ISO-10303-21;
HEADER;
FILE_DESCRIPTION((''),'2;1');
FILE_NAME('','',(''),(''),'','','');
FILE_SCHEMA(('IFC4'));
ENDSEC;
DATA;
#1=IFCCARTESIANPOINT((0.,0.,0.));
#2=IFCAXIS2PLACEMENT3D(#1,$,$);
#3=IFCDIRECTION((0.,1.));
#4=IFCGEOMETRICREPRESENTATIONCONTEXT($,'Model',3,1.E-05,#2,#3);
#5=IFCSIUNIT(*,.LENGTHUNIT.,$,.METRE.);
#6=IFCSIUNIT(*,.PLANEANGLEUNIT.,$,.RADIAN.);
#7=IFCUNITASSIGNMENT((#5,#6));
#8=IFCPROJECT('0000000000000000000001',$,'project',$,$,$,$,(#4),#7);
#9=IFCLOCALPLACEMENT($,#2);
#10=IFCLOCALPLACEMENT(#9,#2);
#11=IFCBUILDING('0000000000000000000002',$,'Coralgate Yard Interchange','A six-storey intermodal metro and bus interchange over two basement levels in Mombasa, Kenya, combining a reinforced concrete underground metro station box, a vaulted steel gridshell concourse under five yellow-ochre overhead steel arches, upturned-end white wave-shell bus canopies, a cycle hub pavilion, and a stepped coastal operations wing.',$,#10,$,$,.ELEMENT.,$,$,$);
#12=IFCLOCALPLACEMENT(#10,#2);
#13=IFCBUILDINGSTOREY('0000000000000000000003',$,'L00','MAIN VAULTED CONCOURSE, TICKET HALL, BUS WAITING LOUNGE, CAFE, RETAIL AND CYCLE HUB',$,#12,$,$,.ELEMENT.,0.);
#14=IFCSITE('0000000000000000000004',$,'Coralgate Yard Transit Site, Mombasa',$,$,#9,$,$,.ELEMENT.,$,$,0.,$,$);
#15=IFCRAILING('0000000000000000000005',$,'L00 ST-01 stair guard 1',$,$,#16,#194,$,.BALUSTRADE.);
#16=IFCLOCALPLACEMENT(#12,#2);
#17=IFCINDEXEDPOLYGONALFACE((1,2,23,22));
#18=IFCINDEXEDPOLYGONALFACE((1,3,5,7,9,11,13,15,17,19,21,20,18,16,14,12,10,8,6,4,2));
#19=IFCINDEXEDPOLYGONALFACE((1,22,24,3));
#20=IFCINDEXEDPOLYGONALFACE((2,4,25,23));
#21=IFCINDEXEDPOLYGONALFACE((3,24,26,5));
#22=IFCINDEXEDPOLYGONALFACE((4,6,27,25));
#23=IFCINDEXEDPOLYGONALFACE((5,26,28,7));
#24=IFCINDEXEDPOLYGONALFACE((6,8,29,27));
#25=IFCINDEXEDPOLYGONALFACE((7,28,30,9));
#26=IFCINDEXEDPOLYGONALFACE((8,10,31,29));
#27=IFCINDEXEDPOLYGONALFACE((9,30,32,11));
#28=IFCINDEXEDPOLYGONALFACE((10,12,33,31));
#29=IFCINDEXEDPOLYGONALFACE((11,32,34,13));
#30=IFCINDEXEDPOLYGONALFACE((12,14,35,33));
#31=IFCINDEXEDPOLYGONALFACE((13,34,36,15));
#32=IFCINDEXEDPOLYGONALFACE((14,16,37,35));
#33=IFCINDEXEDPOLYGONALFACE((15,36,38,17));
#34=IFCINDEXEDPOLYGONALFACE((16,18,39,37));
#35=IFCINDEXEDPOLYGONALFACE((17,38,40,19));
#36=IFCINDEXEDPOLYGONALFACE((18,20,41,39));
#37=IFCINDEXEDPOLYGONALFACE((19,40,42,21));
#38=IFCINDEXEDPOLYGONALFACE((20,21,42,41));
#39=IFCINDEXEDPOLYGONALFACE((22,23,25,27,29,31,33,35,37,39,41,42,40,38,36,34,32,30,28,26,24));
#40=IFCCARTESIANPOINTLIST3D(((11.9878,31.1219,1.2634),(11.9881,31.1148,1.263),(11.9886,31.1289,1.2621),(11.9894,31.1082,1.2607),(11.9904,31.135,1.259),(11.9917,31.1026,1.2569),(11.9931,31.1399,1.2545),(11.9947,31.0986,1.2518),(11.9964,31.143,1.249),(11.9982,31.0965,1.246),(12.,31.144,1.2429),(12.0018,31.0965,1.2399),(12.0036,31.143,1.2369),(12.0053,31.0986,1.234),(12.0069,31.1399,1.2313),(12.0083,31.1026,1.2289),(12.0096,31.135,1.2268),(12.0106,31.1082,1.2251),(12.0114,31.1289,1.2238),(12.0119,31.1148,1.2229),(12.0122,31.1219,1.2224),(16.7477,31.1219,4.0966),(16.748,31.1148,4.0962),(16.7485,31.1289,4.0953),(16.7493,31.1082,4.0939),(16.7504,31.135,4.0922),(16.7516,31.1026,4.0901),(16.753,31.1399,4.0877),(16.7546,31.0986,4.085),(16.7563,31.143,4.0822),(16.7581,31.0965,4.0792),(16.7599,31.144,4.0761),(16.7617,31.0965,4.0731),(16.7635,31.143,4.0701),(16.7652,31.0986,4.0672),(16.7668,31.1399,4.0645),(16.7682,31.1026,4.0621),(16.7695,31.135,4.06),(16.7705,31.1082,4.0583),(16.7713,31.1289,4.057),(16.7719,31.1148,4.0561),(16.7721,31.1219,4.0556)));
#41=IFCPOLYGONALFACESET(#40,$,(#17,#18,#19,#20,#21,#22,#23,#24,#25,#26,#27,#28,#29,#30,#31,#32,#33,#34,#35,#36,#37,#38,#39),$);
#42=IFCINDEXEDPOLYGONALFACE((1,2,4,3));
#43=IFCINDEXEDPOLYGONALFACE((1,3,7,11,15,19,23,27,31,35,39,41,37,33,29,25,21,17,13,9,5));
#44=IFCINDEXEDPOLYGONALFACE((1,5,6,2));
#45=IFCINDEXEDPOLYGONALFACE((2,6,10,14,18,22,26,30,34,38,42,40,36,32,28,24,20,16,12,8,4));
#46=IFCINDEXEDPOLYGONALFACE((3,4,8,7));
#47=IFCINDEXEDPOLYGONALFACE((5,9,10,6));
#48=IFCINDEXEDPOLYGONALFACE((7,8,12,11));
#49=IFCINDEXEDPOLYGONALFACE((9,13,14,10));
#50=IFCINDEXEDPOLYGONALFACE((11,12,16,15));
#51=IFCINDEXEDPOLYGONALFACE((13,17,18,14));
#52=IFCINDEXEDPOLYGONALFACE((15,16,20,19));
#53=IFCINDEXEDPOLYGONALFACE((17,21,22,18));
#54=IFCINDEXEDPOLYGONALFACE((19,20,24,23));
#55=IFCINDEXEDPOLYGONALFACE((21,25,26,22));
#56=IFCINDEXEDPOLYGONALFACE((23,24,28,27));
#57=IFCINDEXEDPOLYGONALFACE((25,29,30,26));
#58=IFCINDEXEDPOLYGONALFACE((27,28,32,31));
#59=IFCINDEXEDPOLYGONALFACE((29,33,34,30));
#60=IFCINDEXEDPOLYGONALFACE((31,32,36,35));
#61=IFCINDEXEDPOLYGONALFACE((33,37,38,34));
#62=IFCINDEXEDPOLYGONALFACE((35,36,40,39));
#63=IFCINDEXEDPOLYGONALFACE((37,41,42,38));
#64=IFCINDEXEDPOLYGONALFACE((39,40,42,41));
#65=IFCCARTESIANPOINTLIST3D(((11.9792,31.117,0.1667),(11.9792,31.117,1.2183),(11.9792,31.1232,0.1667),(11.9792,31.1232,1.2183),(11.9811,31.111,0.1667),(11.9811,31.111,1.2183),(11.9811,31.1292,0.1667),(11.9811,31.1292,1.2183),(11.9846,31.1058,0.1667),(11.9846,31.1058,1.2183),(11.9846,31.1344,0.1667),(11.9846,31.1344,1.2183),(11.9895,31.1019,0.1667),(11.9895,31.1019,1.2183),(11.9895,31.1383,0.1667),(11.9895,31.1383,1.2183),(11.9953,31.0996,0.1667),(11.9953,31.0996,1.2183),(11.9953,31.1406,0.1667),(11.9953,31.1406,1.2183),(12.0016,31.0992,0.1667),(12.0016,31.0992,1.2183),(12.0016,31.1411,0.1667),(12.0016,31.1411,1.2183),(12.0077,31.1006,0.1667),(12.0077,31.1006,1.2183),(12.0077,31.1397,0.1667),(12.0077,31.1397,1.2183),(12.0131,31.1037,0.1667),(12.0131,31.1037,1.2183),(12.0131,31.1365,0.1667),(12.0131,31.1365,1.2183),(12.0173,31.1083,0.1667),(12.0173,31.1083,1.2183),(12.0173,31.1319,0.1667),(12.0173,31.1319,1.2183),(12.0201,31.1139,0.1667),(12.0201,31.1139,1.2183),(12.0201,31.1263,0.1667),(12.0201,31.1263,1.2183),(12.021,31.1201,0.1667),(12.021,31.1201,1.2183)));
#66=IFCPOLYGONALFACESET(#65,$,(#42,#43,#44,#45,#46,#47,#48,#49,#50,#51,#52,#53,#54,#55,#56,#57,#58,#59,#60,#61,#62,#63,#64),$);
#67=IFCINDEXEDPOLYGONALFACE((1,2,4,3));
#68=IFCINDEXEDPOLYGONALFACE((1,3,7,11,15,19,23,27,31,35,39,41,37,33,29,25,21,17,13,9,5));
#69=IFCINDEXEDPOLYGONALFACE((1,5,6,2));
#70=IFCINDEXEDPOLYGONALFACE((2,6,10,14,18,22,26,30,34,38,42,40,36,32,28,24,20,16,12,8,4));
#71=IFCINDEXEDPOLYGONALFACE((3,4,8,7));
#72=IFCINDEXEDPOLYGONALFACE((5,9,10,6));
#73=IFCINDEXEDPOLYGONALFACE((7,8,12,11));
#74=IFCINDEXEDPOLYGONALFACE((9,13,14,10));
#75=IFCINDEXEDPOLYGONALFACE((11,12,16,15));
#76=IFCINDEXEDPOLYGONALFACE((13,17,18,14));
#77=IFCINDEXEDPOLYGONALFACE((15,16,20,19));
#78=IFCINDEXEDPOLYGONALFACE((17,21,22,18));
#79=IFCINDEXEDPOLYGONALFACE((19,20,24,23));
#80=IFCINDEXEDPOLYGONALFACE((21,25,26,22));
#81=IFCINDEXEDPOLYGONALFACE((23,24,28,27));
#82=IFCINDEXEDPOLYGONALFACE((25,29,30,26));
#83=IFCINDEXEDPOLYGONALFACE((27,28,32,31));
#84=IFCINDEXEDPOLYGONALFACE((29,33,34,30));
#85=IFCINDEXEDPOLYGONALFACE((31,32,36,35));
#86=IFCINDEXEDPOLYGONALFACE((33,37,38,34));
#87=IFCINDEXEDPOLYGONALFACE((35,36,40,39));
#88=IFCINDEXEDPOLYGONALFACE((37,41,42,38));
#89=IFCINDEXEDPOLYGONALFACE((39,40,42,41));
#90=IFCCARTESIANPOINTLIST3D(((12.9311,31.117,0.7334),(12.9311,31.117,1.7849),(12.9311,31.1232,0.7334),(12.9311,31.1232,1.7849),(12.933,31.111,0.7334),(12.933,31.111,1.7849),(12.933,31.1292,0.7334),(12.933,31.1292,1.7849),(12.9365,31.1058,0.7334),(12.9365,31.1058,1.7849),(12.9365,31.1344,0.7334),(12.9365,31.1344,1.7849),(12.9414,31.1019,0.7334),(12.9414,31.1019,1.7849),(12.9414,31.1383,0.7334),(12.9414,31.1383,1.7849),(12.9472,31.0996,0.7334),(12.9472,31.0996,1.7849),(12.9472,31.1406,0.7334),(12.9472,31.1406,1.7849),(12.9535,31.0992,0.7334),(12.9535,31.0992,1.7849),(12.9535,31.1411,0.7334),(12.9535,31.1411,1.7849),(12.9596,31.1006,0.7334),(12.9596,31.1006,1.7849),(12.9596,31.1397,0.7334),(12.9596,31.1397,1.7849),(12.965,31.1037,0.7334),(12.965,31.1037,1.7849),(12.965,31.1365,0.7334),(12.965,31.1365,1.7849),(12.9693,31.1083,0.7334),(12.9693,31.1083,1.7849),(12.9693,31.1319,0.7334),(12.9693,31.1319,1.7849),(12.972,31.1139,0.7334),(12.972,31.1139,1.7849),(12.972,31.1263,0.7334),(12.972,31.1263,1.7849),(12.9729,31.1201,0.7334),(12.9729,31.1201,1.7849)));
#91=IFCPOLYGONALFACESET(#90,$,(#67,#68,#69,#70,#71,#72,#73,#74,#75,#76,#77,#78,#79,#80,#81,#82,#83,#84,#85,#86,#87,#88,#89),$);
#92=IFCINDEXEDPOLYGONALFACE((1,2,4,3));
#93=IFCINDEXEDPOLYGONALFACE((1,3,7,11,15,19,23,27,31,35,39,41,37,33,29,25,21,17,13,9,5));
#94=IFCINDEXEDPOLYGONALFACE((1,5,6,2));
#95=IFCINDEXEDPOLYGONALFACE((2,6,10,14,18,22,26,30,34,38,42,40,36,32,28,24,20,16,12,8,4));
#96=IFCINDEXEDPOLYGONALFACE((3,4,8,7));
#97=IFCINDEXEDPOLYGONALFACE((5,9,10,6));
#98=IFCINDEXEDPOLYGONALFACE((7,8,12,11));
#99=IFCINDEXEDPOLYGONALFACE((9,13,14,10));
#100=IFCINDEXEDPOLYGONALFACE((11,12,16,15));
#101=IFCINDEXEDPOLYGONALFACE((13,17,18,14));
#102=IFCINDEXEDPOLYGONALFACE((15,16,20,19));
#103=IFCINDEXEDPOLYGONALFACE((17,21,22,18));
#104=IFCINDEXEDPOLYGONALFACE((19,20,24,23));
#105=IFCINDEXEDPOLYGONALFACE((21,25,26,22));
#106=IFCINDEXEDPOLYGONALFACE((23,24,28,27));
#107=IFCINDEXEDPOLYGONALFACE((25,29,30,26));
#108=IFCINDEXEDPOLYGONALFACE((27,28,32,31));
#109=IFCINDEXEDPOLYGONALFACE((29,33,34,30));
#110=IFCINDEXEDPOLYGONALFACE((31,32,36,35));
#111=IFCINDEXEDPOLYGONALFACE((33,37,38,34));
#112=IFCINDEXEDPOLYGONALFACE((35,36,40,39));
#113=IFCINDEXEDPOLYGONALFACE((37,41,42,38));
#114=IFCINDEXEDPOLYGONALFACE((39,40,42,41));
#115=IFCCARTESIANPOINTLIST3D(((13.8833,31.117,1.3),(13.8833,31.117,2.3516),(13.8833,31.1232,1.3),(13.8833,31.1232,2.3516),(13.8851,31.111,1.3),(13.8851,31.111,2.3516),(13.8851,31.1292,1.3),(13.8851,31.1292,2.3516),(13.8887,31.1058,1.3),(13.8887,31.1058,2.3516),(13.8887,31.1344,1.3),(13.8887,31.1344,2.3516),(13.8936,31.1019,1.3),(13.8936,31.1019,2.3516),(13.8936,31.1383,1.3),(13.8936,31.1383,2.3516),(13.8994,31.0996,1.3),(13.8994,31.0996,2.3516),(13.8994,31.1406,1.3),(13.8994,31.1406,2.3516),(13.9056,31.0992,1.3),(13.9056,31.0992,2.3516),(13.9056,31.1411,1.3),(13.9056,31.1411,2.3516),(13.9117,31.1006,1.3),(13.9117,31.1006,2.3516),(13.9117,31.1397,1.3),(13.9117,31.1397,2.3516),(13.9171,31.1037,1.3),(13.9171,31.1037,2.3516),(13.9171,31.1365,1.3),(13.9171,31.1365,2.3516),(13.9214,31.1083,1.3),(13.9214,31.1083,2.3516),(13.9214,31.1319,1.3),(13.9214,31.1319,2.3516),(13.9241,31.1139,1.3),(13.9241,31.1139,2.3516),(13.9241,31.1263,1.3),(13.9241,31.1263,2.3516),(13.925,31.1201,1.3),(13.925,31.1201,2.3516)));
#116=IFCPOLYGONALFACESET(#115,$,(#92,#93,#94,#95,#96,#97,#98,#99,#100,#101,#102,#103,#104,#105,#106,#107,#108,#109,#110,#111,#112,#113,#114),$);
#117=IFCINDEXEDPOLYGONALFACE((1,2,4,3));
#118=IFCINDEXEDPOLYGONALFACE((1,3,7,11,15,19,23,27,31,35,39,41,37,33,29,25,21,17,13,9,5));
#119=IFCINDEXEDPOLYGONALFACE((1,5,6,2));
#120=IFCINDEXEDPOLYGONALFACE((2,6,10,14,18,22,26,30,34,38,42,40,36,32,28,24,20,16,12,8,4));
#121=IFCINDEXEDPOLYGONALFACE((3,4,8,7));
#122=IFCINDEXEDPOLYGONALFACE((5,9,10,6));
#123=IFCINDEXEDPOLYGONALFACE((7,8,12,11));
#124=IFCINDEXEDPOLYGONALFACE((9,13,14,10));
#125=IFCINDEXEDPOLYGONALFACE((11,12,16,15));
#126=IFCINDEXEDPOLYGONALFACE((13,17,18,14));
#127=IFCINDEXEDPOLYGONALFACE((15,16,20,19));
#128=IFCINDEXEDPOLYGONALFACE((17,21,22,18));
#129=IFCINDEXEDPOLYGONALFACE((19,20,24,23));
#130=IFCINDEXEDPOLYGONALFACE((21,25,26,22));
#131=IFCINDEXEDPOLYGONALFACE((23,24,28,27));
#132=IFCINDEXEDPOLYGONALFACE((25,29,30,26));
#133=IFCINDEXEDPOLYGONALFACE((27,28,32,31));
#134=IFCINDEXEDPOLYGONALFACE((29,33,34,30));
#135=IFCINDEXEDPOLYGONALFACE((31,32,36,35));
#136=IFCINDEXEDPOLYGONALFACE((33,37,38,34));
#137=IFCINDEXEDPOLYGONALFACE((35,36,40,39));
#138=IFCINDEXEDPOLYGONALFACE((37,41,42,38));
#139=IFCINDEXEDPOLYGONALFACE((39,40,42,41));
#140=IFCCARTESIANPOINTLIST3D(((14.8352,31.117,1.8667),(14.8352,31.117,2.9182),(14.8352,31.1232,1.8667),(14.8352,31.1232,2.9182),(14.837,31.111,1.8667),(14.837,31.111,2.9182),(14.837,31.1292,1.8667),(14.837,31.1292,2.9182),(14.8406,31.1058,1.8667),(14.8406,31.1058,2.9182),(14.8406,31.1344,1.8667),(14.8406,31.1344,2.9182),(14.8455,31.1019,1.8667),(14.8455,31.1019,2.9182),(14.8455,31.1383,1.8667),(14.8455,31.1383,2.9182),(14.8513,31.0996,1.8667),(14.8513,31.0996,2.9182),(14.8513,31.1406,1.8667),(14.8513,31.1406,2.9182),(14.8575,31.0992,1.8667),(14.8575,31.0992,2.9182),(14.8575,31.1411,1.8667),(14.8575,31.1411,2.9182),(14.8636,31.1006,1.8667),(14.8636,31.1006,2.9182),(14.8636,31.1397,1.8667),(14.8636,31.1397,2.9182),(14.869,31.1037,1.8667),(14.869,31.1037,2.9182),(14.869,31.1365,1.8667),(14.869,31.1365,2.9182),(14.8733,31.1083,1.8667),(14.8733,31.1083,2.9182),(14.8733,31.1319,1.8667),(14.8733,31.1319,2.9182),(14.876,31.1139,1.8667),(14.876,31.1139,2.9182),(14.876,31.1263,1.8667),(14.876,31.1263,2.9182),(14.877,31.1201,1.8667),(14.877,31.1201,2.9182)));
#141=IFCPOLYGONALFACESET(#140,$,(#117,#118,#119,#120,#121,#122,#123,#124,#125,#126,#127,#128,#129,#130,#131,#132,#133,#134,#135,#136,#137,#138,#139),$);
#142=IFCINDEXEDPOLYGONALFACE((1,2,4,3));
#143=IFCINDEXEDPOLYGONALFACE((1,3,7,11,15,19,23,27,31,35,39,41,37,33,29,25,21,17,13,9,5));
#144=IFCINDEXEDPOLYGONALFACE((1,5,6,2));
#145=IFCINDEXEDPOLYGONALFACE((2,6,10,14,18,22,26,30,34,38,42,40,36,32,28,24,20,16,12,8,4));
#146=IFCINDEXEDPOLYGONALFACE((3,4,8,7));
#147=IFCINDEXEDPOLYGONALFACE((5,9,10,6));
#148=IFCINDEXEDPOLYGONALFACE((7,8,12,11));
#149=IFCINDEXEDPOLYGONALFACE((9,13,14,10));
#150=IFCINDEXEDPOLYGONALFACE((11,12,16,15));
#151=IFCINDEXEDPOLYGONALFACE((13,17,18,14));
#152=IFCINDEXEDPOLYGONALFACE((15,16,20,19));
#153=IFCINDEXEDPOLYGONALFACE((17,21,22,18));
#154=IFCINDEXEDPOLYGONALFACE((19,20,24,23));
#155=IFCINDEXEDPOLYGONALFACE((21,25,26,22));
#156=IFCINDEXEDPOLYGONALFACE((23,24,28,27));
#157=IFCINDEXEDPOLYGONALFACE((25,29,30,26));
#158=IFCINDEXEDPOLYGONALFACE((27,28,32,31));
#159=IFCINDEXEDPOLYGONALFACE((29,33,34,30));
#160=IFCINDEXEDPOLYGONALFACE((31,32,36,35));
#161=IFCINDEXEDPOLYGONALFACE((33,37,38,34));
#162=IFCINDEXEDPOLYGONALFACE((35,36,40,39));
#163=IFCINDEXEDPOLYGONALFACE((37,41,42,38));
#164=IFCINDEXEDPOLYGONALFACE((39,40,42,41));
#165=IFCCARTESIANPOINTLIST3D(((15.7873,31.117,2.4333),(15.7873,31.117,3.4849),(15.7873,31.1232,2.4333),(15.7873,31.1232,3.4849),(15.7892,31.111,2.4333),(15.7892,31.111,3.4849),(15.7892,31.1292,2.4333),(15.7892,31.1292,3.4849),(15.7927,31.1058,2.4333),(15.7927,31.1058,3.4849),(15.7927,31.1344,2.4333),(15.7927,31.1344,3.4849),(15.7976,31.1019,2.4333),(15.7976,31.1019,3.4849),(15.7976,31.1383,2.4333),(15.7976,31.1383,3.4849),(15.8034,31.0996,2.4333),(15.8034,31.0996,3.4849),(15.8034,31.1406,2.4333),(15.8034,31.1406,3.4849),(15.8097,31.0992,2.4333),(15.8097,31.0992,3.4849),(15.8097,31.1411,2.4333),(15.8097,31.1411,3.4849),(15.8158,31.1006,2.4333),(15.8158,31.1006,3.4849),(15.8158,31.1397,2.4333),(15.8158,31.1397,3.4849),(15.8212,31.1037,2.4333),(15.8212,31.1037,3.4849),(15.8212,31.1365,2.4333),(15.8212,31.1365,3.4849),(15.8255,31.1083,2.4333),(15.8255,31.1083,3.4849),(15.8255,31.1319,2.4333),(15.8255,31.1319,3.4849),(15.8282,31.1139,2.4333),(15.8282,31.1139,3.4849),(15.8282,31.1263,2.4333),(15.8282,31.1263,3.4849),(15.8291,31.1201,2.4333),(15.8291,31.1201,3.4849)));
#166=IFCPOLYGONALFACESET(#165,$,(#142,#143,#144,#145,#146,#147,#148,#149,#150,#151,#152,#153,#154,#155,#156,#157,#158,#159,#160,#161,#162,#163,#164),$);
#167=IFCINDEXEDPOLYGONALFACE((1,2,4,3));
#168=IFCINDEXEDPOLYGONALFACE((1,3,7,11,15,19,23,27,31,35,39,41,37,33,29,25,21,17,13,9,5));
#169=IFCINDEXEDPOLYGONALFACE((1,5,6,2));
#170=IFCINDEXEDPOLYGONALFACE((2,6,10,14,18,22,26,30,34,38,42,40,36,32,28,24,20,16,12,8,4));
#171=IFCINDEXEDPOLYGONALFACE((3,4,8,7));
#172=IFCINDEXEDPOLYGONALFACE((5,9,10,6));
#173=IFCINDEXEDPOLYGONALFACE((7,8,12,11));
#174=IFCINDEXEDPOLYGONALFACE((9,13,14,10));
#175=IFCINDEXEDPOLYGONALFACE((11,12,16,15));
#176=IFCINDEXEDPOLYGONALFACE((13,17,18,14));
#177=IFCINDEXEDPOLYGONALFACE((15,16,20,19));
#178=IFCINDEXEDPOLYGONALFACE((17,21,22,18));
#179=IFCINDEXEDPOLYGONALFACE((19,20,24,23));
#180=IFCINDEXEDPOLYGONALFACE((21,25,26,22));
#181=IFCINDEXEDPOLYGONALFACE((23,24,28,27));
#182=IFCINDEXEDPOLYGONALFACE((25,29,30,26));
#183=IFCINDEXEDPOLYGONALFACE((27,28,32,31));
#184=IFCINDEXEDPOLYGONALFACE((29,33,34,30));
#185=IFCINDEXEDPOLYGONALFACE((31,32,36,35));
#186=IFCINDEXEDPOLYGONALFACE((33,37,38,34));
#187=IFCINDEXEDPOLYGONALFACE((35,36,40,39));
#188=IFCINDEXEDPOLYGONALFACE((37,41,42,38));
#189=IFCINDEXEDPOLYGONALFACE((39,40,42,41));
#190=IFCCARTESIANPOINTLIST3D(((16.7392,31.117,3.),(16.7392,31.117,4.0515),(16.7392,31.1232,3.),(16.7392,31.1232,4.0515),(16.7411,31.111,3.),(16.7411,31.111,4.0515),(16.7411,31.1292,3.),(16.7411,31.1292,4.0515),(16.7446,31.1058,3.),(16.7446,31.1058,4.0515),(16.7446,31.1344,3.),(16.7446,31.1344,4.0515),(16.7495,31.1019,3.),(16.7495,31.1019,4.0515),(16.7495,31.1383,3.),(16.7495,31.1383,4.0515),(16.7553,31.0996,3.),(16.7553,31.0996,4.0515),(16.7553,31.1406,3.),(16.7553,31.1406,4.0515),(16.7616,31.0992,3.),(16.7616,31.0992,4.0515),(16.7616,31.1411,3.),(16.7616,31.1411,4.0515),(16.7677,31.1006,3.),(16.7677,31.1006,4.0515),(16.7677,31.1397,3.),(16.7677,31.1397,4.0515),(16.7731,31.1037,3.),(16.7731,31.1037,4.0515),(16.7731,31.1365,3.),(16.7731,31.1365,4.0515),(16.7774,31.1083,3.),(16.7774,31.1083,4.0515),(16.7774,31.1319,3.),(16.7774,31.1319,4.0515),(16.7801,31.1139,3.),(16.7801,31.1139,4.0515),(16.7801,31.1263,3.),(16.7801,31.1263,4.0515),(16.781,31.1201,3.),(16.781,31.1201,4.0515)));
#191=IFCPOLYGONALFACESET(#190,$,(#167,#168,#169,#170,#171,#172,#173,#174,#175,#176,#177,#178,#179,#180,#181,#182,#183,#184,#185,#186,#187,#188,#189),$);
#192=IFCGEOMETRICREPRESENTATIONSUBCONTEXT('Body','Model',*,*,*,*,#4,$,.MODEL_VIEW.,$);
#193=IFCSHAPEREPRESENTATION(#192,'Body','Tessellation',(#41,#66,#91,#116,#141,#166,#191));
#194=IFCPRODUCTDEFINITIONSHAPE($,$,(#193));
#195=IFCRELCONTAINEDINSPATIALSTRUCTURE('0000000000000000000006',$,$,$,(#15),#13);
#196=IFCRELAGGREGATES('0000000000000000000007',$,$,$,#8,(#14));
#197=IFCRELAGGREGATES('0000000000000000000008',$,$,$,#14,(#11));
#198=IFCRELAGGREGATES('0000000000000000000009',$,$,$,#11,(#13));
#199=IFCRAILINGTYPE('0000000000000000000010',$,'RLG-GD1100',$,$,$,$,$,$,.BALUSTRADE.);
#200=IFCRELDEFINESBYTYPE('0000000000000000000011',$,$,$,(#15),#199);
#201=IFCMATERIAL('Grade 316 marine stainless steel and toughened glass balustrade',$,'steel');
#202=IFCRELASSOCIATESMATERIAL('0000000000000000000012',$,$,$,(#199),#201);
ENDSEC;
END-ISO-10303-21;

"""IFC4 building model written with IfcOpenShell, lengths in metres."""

from ifc_helpers import new_model, si_unit, direction, frame, origin, origin_2d, place, context, subcontext, project, spatial, circle, extrude, material, type_object, element, save


model = new_model("IFC4")

# Units and contexts
model_context = context("Model", 3, precision=1e-05, world=origin(), true_north=direction((0.0, 1.0)))
body_context = subcontext(model_context, "Body", "Model", "MODEL_VIEW")
ifc_project = project(units=[si_unit("LENGTHUNIT", "METRE"), si_unit("PLANEANGLEUNIT", "RADIAN")], contexts=[model_context])

# Site, building, storey
site_placement = place(None, origin())
site = spatial("IfcSite", under=ifc_project, at=site_placement, Name="Coralgate Yard Transit Site, Mombasa", CompositionType="ELEMENT", RefElevation=0.0)
building_placement = place(site_placement, origin())
building = spatial("IfcBuilding", under=site, at=building_placement, Name="Coralgate Yard Interchange", Description="A six-storey intermodal metro and bus interchange over two basement levels in Mombasa, Kenya, combining a reinforced concrete underground metro station box, a vaulted steel gridshell concourse under five yellow-ochre overhead steel arches, upturned-end white wave-shell bus canopies, a cycle hub pavilion, and a stepped coastal operations wing.", CompositionType="ELEMENT")
storey_placement = place(building_placement, origin())
storey = spatial("IfcBuildingStorey", under=building, at=storey_placement, Name="L00", Description="MAIN VAULTED CONCOURSE, TICKET HALL, BUS WAITING LOUNGE, CAFE, RETAIL AND CYCLE HUB", CompositionType="ELEMENT", Elevation=0.0)

# Railing
ifc_material_1 = material(Name="Grade 316 marine stainless steel and toughened glass balustrade", Category="steel")
railing_type_1 = type_object("IfcRailingType", Name="RLG-GD1100", PredefinedType="BALUSTRADE", material=ifc_material_1)
railing_1_placement = place(storey_placement, frame((12.0, 31.1201, 0.1667)))
element("IfcRailing", 1, at=railing_1_placement, inside=storey, type_object=railing_type_1, Name="L00 ST-01 stair guard 1", PredefinedType="BALUSTRADE", context=body_context, shape_type="SweptSolid", body=[
    extrude(circle(Radius=0.0239, at=origin_2d()), frame((0.0, 0.0, 1.0762), z_axis=(0.8593, 0.0, 0.511472), x_axis=(0.0, 1.0, 0.0)), (0.0, 0.0, 1.0), 5.5393),
    extrude(circle(Radius=0.021, at=origin_2d()), origin(), (0.0, 0.0, 1.0), 1.0515),
    extrude(circle(Radius=0.021, at=origin_2d()), frame((0.9519, 0.0, 0.5667)), (0.0, 0.0, 1.0), 1.0515),
    extrude(circle(Radius=0.021, at=origin_2d()), frame((1.9041, 0.0, 1.1333)), (0.0, 0.0, 1.0), 1.0515),
    extrude(circle(Radius=0.021, at=origin_2d()), frame((2.856, 0.0, 1.7)), (0.0, 0.0, 1.0), 1.0515),
    extrude(circle(Radius=0.021, at=origin_2d()), frame((3.8081, 0.0, 2.2666)), (0.0, 0.0, 1.0), 1.0515),
    extrude(circle(Radius=0.021, at=origin_2d()), frame((4.76, 0.0, 2.8333)), (0.0, 0.0, 1.0), 1.0515),
])

save(model, "model.ifc")
